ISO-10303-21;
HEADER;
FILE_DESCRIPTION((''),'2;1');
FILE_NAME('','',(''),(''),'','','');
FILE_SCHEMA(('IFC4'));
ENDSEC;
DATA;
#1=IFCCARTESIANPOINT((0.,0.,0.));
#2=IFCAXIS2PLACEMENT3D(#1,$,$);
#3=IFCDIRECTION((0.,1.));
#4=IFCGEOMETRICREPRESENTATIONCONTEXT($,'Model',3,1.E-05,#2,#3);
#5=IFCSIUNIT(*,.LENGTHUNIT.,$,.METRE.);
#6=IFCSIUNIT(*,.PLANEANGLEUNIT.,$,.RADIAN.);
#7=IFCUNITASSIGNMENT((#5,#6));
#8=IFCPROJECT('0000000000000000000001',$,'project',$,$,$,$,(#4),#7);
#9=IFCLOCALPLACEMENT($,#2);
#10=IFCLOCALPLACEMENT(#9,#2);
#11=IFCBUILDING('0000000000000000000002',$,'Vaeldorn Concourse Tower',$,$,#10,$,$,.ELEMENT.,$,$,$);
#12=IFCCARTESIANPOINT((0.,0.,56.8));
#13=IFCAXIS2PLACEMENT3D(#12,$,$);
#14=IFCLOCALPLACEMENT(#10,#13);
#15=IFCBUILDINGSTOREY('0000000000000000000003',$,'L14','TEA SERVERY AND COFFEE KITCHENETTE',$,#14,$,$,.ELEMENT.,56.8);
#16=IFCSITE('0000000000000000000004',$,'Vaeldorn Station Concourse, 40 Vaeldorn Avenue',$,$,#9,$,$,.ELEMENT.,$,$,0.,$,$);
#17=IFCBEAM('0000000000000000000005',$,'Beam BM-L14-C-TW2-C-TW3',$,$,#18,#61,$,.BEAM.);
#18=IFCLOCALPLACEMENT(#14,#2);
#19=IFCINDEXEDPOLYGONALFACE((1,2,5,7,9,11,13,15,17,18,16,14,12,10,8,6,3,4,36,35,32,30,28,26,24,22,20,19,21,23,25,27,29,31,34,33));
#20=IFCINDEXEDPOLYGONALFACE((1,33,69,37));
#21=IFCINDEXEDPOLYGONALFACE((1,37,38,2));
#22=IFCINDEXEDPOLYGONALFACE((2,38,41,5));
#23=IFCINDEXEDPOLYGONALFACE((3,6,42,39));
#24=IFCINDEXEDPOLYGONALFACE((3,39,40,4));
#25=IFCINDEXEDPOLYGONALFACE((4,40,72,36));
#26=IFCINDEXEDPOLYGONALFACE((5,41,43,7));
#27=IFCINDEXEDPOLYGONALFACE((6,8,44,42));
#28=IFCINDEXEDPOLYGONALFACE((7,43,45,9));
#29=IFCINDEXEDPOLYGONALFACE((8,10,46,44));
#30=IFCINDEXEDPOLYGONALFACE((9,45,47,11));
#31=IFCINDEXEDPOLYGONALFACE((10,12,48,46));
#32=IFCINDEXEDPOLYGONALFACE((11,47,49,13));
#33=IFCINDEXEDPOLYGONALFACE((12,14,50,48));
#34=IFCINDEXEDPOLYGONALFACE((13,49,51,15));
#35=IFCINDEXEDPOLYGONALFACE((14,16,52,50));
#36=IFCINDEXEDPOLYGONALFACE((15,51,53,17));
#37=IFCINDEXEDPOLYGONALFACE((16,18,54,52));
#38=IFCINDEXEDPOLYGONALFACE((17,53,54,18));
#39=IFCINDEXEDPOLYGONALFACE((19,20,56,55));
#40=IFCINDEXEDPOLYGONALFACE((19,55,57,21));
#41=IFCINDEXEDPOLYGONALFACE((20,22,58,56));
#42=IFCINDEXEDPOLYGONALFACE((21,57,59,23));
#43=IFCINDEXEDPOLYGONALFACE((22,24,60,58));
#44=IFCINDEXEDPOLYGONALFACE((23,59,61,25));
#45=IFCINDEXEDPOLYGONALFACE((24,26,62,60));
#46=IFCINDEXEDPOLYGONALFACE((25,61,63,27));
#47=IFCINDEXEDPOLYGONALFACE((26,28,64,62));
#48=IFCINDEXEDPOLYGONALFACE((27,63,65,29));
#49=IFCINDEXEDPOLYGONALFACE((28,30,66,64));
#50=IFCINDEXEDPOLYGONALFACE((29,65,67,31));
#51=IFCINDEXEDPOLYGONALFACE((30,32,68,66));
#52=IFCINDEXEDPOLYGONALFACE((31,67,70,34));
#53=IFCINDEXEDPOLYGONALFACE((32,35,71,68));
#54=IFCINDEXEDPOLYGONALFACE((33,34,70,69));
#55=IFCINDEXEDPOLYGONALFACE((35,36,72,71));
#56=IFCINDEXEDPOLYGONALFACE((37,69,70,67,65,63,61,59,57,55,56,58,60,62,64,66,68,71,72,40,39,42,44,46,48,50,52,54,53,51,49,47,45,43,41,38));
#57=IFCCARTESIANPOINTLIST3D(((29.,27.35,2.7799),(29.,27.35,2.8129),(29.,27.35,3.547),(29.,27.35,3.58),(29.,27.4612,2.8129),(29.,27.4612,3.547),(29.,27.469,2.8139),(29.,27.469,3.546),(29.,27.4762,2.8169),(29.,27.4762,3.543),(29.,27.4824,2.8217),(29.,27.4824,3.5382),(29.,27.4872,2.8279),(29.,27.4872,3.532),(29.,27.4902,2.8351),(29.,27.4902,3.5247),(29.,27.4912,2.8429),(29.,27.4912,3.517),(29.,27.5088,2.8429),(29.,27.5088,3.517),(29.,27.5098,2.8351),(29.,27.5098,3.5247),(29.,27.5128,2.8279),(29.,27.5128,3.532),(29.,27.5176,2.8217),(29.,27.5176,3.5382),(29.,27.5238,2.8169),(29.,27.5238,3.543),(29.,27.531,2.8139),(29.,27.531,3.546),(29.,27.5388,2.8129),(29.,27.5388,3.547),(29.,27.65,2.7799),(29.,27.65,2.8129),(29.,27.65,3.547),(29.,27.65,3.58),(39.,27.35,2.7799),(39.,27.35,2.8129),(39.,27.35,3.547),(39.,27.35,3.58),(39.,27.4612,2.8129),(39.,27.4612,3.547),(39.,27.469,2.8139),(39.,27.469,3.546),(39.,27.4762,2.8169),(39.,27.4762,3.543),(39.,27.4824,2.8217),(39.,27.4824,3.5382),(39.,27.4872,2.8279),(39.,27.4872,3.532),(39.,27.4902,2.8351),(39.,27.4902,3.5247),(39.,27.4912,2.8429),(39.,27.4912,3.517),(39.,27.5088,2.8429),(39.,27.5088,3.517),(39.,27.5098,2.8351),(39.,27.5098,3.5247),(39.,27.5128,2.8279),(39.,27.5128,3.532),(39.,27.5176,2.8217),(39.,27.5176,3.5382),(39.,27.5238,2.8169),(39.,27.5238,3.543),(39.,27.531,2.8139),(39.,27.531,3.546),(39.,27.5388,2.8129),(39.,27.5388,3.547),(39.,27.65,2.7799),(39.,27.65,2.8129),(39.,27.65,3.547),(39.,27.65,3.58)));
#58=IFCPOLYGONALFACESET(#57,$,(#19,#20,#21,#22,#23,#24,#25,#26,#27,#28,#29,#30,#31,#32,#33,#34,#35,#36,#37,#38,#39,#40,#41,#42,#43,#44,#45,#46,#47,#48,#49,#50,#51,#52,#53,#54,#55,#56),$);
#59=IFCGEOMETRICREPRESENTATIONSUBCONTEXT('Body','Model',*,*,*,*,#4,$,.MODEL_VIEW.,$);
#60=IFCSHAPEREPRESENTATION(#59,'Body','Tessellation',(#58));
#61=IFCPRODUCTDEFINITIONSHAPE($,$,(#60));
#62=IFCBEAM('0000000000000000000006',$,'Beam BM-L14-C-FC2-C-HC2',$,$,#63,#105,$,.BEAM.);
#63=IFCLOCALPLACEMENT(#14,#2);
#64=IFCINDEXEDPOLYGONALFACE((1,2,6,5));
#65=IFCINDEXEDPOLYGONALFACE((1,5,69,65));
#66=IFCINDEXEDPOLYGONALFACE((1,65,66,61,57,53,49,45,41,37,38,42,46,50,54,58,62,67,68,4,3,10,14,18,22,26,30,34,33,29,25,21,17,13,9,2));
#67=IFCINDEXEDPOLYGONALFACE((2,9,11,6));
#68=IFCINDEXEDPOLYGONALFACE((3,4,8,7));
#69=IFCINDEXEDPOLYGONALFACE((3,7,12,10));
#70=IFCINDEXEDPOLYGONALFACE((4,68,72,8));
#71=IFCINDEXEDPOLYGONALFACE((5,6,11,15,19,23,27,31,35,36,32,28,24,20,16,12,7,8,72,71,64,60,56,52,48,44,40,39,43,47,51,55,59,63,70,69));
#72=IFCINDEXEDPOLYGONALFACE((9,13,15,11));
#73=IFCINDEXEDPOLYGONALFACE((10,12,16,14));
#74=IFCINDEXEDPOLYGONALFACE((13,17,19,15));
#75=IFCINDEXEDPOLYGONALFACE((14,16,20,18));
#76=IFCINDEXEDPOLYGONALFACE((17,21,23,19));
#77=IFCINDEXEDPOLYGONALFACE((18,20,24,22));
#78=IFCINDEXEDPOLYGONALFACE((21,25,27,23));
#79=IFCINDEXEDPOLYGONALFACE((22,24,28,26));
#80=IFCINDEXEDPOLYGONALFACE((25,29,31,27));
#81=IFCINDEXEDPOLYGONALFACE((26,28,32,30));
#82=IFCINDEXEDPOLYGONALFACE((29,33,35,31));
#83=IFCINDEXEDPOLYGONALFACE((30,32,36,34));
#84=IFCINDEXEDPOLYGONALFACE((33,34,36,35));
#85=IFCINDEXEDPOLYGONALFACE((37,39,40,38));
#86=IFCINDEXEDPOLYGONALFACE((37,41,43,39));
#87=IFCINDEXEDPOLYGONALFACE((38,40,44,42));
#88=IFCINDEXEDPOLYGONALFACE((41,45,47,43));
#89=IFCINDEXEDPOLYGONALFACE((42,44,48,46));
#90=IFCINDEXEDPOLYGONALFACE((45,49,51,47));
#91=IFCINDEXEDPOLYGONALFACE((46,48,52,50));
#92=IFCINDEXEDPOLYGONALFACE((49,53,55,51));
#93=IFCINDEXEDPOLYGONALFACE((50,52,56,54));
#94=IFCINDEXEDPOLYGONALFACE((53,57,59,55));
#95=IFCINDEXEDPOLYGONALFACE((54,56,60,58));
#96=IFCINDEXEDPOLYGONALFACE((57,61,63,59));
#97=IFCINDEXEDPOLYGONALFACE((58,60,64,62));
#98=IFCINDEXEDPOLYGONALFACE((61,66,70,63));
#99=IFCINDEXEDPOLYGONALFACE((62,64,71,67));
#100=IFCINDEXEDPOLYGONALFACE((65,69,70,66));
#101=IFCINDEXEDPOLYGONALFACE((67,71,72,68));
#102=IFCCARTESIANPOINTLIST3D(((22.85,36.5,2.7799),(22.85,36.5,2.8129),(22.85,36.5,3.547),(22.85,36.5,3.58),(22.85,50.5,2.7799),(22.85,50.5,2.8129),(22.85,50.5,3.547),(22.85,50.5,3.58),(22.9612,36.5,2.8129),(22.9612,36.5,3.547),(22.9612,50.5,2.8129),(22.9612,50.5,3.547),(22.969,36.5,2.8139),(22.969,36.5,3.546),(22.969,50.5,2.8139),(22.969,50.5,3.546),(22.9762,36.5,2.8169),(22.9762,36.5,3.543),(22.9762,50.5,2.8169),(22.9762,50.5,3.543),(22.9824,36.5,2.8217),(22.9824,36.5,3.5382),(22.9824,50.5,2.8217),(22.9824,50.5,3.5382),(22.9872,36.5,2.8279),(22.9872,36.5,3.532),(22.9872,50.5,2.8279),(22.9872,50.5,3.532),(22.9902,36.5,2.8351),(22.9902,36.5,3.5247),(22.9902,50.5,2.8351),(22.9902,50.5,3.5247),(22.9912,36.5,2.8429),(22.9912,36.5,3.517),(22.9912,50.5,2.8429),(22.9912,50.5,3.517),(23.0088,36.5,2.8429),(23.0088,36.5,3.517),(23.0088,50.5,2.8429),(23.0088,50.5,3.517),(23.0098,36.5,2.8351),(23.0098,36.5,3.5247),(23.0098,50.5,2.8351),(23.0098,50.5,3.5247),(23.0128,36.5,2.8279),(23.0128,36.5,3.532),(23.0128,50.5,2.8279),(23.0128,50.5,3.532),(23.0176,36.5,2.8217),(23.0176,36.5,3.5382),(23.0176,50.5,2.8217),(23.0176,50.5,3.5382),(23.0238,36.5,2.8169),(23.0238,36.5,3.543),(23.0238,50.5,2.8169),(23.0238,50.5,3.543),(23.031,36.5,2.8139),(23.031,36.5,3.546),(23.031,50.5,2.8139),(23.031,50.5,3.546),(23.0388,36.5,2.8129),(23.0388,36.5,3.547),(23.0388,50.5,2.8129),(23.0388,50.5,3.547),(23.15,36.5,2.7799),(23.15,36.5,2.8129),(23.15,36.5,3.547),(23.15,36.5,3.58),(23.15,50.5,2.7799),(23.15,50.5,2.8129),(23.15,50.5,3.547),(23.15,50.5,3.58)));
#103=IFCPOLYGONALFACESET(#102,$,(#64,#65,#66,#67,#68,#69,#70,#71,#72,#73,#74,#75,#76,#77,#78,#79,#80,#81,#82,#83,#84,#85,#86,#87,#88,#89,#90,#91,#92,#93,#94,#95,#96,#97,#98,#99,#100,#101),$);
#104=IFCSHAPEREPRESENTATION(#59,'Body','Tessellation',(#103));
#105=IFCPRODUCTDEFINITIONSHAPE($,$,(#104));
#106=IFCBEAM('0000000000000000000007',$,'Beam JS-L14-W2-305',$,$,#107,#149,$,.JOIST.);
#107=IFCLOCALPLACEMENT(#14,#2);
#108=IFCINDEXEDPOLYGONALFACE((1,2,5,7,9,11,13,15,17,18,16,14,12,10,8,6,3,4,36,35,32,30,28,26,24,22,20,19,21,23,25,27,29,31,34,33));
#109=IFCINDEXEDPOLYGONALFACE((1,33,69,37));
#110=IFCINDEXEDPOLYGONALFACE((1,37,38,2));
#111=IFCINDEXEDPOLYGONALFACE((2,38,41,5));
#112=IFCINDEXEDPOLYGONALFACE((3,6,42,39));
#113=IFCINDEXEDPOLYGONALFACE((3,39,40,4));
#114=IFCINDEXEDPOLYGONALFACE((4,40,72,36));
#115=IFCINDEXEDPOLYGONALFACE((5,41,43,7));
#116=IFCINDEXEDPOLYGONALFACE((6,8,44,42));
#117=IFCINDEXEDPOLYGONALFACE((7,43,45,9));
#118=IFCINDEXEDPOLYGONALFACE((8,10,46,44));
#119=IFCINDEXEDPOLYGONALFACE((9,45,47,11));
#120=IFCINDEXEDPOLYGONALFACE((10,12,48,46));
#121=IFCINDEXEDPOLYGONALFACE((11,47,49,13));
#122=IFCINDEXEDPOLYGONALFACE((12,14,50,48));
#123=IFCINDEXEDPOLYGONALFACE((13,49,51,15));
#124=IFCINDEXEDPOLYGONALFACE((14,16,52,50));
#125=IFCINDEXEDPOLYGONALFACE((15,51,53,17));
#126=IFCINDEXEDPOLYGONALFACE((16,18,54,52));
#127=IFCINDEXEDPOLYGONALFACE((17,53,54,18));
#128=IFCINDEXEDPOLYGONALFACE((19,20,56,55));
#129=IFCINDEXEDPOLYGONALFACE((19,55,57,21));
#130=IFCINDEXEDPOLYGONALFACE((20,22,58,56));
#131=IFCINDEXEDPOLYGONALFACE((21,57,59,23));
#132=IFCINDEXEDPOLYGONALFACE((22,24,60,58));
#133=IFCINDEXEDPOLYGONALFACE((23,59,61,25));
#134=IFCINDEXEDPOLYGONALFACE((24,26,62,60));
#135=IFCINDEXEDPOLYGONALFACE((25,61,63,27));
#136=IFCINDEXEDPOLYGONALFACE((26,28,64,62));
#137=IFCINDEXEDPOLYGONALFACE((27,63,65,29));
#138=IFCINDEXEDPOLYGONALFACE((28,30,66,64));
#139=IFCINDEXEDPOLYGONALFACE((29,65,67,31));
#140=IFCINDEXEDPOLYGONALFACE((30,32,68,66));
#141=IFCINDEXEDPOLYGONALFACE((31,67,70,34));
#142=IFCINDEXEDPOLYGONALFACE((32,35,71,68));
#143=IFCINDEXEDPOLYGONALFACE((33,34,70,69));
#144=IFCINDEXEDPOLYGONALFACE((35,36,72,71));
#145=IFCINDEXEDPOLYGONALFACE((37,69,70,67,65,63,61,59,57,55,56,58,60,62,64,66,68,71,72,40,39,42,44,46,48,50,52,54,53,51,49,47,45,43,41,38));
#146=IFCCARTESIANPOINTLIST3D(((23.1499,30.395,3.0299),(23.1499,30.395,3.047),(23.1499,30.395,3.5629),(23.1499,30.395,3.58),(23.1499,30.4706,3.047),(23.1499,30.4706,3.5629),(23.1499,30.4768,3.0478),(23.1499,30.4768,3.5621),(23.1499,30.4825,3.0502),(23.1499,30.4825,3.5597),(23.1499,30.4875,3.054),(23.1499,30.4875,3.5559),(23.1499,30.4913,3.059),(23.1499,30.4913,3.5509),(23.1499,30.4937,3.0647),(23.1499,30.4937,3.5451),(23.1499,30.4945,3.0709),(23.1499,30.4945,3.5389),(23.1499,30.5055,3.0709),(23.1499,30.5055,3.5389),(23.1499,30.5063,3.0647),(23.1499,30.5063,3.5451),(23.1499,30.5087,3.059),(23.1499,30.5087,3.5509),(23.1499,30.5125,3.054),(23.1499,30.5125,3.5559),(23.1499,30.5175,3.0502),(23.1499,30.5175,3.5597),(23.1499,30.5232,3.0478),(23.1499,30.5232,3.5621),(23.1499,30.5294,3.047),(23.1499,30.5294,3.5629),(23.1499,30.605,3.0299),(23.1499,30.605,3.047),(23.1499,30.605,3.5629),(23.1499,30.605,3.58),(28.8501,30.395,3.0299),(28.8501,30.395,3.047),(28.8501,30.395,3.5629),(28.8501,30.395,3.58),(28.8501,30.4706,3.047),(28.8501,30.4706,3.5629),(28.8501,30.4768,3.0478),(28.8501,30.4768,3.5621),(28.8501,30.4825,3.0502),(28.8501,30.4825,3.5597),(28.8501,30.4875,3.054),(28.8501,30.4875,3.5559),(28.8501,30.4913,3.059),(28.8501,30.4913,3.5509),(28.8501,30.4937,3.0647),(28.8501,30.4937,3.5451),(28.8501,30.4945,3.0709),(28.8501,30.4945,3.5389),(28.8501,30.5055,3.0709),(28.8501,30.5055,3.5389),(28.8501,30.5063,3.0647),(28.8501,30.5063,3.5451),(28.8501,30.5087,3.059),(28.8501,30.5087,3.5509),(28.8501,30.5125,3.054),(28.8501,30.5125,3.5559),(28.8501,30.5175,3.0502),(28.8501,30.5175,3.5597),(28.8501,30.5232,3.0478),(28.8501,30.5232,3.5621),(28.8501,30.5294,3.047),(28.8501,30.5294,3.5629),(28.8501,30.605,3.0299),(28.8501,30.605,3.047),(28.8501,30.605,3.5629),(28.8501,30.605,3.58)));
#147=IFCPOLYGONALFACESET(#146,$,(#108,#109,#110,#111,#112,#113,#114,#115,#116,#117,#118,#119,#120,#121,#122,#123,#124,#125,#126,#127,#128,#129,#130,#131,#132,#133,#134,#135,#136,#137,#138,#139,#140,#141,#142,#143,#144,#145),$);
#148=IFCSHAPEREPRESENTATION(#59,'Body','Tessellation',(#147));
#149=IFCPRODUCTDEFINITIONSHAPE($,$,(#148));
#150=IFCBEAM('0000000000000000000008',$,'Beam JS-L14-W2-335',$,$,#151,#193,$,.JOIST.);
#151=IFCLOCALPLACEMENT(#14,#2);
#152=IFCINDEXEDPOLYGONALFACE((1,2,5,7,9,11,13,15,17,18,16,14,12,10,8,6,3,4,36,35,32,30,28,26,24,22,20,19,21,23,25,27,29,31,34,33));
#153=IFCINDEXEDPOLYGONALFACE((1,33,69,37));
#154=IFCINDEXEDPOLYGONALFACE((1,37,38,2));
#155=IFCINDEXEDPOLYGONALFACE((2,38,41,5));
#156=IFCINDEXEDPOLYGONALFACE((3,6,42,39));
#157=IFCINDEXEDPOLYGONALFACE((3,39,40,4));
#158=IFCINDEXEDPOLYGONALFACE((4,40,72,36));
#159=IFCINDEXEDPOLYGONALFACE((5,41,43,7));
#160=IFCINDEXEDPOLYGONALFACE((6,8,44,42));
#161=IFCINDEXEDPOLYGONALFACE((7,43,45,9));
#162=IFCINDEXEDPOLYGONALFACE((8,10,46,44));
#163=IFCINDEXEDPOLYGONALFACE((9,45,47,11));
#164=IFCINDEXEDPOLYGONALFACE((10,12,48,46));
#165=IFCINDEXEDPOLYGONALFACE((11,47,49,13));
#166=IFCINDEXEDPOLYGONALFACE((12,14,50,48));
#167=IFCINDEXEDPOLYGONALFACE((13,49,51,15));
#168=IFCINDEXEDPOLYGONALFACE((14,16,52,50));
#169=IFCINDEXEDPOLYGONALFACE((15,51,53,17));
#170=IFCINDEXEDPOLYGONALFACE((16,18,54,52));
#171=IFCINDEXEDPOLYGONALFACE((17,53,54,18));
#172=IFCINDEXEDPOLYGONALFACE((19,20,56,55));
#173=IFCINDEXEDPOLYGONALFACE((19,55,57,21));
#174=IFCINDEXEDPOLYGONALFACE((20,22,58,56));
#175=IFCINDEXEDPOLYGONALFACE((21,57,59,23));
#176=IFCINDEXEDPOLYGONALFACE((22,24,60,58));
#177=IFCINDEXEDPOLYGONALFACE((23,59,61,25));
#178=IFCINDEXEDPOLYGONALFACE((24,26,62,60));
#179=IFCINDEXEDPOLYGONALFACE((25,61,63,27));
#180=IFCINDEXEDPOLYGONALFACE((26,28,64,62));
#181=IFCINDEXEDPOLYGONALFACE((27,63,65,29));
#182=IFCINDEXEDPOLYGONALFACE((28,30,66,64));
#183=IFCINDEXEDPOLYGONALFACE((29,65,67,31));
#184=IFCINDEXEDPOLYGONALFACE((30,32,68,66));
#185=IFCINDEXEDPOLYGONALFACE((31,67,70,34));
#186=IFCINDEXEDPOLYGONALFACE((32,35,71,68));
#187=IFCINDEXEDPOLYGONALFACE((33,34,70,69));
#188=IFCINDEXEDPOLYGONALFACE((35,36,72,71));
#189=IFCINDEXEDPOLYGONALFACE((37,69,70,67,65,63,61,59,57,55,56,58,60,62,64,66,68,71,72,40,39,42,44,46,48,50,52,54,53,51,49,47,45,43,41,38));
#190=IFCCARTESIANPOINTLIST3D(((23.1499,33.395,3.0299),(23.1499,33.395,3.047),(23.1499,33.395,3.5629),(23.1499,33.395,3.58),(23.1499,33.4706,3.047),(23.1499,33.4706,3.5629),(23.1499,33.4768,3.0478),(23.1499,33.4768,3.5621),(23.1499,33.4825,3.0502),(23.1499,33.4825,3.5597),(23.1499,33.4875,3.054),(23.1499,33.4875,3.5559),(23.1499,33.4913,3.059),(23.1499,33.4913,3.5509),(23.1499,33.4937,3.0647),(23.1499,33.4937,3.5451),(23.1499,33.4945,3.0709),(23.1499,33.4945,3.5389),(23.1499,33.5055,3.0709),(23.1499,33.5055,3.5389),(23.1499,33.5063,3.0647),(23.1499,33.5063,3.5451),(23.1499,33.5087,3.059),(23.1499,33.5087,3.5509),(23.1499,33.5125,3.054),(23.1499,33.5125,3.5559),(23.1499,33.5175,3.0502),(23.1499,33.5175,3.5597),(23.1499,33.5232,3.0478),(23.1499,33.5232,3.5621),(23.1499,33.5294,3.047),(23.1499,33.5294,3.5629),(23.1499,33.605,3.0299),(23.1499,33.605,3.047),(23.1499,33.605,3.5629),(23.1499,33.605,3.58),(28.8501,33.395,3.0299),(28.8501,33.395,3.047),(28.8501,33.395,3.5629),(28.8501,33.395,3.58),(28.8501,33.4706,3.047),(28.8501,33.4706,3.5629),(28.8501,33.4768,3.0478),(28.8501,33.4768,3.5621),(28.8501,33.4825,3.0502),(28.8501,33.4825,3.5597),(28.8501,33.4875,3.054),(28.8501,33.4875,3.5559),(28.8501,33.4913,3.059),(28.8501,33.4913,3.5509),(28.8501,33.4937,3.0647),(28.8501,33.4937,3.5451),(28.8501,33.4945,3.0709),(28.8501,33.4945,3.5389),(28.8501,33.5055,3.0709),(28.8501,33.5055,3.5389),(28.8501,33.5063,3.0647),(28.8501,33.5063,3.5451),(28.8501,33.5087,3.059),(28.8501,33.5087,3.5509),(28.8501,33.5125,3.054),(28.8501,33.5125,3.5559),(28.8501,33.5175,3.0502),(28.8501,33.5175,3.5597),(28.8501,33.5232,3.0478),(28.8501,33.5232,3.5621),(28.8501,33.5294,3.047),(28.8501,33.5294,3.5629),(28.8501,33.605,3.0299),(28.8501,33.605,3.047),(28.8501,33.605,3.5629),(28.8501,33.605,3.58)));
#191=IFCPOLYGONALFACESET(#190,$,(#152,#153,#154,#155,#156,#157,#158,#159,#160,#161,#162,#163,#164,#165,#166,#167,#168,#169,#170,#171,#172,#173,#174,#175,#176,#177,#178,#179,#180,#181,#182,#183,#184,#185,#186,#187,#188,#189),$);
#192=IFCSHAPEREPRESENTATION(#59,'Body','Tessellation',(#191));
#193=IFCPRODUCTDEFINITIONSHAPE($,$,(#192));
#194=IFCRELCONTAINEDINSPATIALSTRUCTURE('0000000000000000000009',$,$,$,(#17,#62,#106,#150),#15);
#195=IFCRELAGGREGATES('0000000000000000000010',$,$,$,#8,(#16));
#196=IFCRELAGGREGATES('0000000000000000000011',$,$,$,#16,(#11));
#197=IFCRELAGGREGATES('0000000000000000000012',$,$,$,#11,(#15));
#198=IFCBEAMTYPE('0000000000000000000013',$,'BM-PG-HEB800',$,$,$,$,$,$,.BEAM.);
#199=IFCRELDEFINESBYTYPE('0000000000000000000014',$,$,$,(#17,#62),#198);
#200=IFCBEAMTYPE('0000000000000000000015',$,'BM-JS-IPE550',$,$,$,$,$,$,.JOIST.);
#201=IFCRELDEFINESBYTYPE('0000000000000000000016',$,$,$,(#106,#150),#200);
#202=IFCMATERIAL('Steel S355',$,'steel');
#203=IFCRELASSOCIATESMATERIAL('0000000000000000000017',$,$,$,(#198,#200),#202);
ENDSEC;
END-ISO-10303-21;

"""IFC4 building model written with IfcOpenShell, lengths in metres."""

from ifc_helpers import new_model, si_unit, direction, frame, origin, origin_2d, place, context, subcontext, project, spatial, i_section, extrude, source, transform, mapped, material, material_profile, profile_set, type_object, element, save


model = new_model("IFC4")

# Units and contexts
model_context = context("Model", 3, precision=1e-05, world=origin(), true_north=direction((0.0, 1.0)))
body_context = subcontext(model_context, "Body", "Model", "MODEL_VIEW")
ifc_project = project(units=[si_unit("LENGTHUNIT", "METRE"), si_unit("PLANEANGLEUNIT", "RADIAN")], contexts=[model_context])

# Site, building, storey
site_placement = place(None, origin())
site = spatial("IfcSite", under=ifc_project, at=site_placement, Name="Vaeldorn Station Concourse, 40 Vaeldorn Avenue", CompositionType="ELEMENT", RefElevation=0.0)
building_placement = place(site_placement, origin())
building = spatial("IfcBuilding", under=site, at=building_placement, Name="Vaeldorn Concourse Tower", CompositionType="ELEMENT")
storey_placement = place(building_placement, frame((0.0, 0.0, 56.8)))
storey = spatial("IfcBuildingStorey", under=building, at=storey_placement, Name="L14", Description="TEA SERVERY AND COFFEE KITCHENETTE", CompositionType="ELEMENT", Elevation=56.8)

# Beams
ifc_material_1 = material(Name="Steel S355", Category="steel")
ifc_material_profile_1 = material_profile(ifc_material_1, i_section(OverallWidth=0.3, OverallDepth=0.8, WebThickness=0.0176, FlangeThickness=0.033, FilletRadius=0.03, at=origin_2d()), Name="HEB 800")
ifc_profile_set_1 = profile_set([ifc_material_profile_1], Name="Steel S355")
beam_type_1 = type_object("IfcBeamType", Name="BM-PG-HEB800", PredefinedType="BEAM", material=ifc_profile_set_1)
shared_shape_1 = source(origin(), body_context, "Body", "SweptSolid", [
    extrude(i_section(OverallWidth=0.3, OverallDepth=0.8, WebThickness=0.0176, FlangeThickness=0.033, FilletRadius=0.03, at=origin_2d()), origin(), (0.0, 0.0, 1.0), 10.0),
])
for number, where, z_axis, x_axis, name in (
    (1, (29.0, 27.5, 3.1799), (1.0, 0.0, 0.0), (0.0, 1.0, 0.0), "Beam BM-L14-C-TW2-C-TW3"),
):
    element("IfcBeam", number, at=place(storey_placement, frame(where, z_axis=z_axis, x_axis=x_axis)), inside=storey, type_object=beam_type_1, Name=name, PredefinedType="BEAM", context=body_context, shape_type="MappedRepresentation", body=[
        mapped(shared_shape_1, transform((0.0, 0.0, 0.0), scale=1.0)),
    ])
shared_shape_2 = source(origin(), body_context, "Body", "SweptSolid", [
    extrude(i_section(OverallWidth=0.3, OverallDepth=0.8, WebThickness=0.0176, FlangeThickness=0.033, FilletRadius=0.03, at=origin_2d()), origin(), (0.0, 0.0, 1.0), 14.0),
])
beam_1_placement = place(storey_placement, frame((23.0, 36.5, 3.1799), z_axis=(0.0, 1.0, 0.0), x_axis=(-1.0, 0.0, 0.0)))
element("IfcBeam", 2, at=beam_1_placement, inside=storey, type_object=beam_type_1, Name="Beam BM-L14-C-FC2-C-HC2", PredefinedType="BEAM", context=body_context, shape_type="MappedRepresentation", body=[
    mapped(shared_shape_2, transform((0.0, 0.0, 0.0), scale=1.0)),
])
ifc_material_profile_2 = material_profile(ifc_material_1, i_section(OverallWidth=0.21, OverallDepth=0.55, WebThickness=0.011, FlangeThickness=0.0171, FilletRadius=0.0239, at=origin_2d()), Name="IPE 550")
ifc_profile_set_2 = profile_set([ifc_material_profile_2], Name="Steel S355")
beam_type_2 = type_object("IfcBeamType", Name="BM-JS-IPE550", PredefinedType="JOIST", material=ifc_profile_set_2)
shared_shape_3 = source(origin(), body_context, "Body", "SweptSolid", [
    extrude(i_section(OverallWidth=0.21, OverallDepth=0.55, WebThickness=0.011, FlangeThickness=0.0171, FilletRadius=0.0239, at=origin_2d()), origin(), (0.0, 0.0, 1.0), 5.7002),
])
for number, where, z_axis, x_axis, name in (
    (3, (23.1499, 30.5, 3.3049), (1.0, 0.0, 0.0), (0.0, 1.0, 0.0), "Beam JS-L14-W2-305"),
    (4, (23.1499, 33.5, 3.3049), (1.0, 0.0, 0.0), (0.0, 1.0, 0.0), "Beam JS-L14-W2-335"),
):
    element("IfcBeam", number, at=place(storey_placement, frame(where, z_axis=z_axis, x_axis=x_axis)), inside=storey, type_object=beam_type_2, Name=name, PredefinedType="JOIST", context=body_context, shape_type="MappedRepresentation", body=[
        mapped(shared_shape_3, transform((0.0, 0.0, 0.0), scale=1.0)),
    ])

save(model, "model.ifc")
